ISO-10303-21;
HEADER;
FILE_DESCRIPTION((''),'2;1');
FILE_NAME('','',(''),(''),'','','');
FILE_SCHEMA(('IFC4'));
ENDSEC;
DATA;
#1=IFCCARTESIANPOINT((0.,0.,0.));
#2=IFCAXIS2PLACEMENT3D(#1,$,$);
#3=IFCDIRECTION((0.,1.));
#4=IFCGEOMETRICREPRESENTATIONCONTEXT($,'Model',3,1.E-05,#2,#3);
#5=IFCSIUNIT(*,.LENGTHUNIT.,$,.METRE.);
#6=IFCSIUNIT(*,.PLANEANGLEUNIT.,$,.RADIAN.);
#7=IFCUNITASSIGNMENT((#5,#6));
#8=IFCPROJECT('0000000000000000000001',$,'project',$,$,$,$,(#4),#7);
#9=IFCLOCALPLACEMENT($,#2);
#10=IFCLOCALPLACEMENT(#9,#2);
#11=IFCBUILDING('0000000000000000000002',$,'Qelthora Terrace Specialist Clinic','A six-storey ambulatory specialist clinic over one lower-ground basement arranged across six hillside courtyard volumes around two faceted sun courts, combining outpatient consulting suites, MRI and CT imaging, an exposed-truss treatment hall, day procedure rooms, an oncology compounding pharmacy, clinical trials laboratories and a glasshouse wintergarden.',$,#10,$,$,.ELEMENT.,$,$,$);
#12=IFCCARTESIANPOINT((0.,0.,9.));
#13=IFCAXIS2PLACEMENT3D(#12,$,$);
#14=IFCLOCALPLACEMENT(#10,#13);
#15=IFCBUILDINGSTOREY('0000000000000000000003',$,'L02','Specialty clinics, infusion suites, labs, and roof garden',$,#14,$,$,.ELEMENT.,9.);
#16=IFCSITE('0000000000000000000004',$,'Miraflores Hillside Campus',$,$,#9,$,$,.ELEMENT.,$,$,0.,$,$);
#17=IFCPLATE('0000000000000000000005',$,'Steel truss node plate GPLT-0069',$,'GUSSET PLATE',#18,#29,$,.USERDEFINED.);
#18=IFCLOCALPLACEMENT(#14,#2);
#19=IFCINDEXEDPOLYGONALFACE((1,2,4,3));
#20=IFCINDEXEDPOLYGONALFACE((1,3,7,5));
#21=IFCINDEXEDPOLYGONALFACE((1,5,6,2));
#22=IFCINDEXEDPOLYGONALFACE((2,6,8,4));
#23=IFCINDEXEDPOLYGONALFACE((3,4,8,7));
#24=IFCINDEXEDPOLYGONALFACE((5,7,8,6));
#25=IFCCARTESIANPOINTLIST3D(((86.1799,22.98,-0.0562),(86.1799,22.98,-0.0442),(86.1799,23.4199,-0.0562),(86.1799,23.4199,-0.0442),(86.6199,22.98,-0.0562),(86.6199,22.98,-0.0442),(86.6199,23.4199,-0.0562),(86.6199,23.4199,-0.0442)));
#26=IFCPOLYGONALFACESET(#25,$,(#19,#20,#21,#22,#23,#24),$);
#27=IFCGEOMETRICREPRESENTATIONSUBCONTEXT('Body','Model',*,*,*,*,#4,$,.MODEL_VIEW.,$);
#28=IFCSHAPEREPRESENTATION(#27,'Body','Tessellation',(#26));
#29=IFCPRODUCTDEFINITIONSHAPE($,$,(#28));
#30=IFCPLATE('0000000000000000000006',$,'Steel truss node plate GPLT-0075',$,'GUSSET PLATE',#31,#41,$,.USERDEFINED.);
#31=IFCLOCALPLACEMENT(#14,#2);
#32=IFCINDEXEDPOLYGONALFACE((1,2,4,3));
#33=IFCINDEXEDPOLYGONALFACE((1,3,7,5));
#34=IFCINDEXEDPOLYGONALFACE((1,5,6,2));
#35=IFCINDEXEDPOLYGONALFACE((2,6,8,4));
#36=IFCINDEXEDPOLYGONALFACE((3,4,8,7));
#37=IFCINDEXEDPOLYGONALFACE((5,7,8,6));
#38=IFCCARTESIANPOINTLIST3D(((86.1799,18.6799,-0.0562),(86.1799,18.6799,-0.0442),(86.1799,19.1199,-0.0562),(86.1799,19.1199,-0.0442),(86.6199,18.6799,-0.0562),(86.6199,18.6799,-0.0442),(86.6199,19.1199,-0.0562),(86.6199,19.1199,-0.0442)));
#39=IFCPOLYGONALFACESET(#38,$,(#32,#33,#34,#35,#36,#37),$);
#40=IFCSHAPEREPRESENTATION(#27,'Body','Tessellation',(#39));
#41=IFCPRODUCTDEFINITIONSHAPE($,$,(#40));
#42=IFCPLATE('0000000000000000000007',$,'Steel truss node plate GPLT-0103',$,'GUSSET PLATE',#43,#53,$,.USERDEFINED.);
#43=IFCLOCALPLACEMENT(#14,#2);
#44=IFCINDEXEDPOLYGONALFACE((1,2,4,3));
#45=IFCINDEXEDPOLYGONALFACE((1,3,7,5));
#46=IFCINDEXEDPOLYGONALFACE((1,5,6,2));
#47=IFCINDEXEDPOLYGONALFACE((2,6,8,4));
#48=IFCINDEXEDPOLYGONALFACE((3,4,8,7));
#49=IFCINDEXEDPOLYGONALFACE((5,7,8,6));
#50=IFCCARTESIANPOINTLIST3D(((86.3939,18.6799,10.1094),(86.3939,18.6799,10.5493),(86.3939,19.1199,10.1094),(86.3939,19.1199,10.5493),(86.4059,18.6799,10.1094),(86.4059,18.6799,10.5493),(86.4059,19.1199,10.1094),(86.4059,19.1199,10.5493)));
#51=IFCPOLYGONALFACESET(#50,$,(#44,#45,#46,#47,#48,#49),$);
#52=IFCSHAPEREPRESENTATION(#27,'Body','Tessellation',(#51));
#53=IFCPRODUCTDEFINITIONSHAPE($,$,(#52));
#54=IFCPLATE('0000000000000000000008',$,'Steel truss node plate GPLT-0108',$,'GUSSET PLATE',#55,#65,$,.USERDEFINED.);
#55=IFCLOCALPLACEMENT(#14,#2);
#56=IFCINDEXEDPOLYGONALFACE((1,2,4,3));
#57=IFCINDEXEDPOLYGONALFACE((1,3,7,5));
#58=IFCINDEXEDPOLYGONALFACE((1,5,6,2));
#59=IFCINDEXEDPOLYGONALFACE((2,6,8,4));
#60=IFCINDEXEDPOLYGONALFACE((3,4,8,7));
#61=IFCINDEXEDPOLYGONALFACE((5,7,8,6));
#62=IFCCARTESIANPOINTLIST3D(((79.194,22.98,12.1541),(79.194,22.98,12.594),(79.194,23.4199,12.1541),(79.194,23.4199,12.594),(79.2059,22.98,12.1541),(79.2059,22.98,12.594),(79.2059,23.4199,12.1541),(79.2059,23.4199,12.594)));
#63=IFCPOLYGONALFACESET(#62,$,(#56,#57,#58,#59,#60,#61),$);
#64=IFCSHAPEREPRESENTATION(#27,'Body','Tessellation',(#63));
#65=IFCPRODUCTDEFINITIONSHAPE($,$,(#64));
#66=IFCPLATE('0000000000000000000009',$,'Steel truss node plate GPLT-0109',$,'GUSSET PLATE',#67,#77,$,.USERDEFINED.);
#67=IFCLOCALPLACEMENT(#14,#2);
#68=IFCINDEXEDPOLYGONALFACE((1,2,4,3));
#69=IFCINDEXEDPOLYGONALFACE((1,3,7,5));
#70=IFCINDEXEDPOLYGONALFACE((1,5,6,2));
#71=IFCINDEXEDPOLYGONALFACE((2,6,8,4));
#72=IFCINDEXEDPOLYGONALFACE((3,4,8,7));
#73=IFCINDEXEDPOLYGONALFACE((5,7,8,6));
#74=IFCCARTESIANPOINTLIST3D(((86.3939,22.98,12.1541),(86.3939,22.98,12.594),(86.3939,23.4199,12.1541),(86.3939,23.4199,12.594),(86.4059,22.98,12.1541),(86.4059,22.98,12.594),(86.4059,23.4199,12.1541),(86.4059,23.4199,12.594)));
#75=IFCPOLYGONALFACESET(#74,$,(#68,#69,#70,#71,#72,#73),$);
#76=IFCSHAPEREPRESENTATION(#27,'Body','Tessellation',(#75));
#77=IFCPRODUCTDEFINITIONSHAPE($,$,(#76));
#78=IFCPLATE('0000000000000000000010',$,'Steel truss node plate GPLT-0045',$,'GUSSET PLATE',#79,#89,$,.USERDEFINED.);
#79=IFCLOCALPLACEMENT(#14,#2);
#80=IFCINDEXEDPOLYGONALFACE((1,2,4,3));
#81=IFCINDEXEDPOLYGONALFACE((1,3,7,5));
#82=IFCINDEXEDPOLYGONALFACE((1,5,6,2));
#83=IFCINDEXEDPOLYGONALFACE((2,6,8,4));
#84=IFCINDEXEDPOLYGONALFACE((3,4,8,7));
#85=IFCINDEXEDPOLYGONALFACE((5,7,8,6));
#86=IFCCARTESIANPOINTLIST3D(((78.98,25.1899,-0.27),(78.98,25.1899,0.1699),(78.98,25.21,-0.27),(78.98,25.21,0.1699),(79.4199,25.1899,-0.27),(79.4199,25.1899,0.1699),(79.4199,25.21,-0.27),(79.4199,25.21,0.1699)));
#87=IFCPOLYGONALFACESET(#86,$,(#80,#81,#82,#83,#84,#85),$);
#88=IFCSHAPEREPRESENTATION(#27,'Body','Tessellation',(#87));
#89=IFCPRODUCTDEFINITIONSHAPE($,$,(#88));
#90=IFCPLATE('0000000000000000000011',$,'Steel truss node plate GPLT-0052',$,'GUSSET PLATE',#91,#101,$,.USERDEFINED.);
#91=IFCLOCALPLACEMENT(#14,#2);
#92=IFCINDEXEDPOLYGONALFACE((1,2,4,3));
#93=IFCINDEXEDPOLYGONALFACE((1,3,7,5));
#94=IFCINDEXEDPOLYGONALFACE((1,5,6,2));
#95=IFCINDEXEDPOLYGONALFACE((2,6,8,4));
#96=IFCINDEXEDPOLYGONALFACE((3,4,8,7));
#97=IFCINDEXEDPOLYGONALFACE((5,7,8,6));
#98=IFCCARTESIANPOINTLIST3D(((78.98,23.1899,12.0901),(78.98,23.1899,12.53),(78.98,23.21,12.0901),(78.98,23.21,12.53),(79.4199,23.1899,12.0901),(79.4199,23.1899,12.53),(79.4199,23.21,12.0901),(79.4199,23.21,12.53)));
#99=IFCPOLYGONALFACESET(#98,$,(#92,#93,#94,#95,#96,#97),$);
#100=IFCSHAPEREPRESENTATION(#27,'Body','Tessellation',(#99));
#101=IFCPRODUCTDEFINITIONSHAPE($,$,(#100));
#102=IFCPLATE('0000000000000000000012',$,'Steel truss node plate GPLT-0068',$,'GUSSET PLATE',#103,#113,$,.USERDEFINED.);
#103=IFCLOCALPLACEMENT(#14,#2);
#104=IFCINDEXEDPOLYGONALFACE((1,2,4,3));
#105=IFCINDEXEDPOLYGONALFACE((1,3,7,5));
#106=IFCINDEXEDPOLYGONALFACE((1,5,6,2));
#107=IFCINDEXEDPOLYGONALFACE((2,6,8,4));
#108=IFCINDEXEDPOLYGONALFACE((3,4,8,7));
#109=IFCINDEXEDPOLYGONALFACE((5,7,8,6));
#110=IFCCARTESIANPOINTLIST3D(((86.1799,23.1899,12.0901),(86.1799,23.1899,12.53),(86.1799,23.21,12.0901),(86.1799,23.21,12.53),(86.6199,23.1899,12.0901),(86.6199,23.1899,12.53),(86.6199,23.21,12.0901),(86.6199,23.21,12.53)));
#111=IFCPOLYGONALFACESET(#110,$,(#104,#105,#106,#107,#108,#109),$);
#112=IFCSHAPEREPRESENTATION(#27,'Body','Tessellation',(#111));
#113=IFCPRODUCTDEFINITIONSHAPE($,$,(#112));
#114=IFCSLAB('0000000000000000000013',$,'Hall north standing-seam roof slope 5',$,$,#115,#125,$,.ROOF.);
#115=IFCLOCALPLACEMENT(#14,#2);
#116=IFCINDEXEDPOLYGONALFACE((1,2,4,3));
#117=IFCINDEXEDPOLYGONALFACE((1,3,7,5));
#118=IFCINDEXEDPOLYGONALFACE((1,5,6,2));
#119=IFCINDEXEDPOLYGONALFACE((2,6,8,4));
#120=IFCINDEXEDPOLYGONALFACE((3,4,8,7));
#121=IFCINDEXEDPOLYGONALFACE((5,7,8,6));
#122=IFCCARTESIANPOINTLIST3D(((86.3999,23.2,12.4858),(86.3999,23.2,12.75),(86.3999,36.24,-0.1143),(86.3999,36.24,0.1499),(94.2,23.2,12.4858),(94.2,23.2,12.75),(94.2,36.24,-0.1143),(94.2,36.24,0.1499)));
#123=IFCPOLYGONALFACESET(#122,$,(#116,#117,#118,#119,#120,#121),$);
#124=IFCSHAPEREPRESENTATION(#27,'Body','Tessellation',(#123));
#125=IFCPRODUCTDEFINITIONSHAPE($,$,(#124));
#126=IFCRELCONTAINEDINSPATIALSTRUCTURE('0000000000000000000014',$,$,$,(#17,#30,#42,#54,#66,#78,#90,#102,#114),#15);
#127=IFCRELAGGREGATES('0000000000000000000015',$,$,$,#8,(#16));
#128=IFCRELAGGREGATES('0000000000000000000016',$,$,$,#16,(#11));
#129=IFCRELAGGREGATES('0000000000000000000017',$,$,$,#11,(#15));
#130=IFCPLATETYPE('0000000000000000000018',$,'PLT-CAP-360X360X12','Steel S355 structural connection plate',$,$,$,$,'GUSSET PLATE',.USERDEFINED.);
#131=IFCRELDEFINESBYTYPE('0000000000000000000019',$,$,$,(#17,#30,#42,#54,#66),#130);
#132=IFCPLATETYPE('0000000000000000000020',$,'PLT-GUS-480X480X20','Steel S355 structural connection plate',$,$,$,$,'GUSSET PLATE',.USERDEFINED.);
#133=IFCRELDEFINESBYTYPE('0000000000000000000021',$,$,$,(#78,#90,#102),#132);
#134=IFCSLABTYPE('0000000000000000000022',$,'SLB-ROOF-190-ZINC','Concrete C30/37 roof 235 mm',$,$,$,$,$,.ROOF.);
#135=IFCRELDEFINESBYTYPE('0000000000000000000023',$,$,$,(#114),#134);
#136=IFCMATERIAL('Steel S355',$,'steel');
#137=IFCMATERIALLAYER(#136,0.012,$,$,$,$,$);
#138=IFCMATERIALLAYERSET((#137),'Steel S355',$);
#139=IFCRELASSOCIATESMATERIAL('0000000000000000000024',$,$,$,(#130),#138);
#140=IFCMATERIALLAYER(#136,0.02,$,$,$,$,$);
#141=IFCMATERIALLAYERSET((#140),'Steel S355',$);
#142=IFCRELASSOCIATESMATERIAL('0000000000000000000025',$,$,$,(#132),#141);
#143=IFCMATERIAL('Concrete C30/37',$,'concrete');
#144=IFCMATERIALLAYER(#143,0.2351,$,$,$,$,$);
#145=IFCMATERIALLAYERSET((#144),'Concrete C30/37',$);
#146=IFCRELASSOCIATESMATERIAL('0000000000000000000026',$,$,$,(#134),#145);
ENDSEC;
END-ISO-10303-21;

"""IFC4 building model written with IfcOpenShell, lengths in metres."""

from ifc_helpers import new_model, si_unit, direction, frame, origin, origin_2d, place, context, subcontext, project, spatial, polyline, rectangle, outline, extrude, material, layer, layer_set, type_object, element, save


model = new_model("IFC4")

# Units and contexts
model_context = context("Model", 3, precision=1e-05, world=origin(), true_north=direction((0.0, 1.0)))
body_context = subcontext(model_context, "Body", "Model", "MODEL_VIEW")
ifc_project = project(units=[si_unit("LENGTHUNIT", "METRE"), si_unit("PLANEANGLEUNIT", "RADIAN")], contexts=[model_context])

# Site, building, storey
site_placement = place(None, origin())
site = spatial("IfcSite", under=ifc_project, at=site_placement, Name="Miraflores Hillside Campus", CompositionType="ELEMENT", RefElevation=0.0)
building_placement = place(site_placement, origin())
building = spatial("IfcBuilding", under=site, at=building_placement, Name="Qelthora Terrace Specialist Clinic", Description="A six-storey ambulatory specialist clinic over one lower-ground basement arranged across six hillside courtyard volumes around two faceted sun courts, combining outpatient consulting suites, MRI and CT imaging, an exposed-truss treatment hall, day procedure rooms, an oncology compounding pharmacy, clinical trials laboratories and a glasshouse wintergarden.", CompositionType="ELEMENT")
storey_placement = place(building_placement, frame((0.0, 0.0, 9.0)))
storey = spatial("IfcBuildingStorey", under=building, at=storey_placement, Name="L02", Description="Specialty clinics, infusion suites, labs, and roof garden", CompositionType="ELEMENT", Elevation=9.0)

# Shared definitions
ifc_material_1 = material(Name="Steel S355", Category="steel")

# Plates
ifc_layer_1 = layer(ifc_material_1, 0.012)
ifc_layer_set_1 = layer_set([ifc_layer_1], Name="Steel S355")
plate_type_1 = type_object("IfcPlateType", Name="PLT-CAP-360X360X12", Description="Steel S355 structural connection plate", ElementType="GUSSET PLATE", PredefinedType="USERDEFINED", material=ifc_layer_set_1)
for number, where, z_axis, x_axis, name in (
    (1, (86.3999, 23.2, -0.0562), (0.0, 0.0, 1.0), (1.0, 0.0, 0.0), "Steel truss node plate GPLT-0069"),
    (2, (86.3999, 18.8999, -0.0562), (0.0, 0.0, 1.0), (1.0, 0.0, 0.0), "Steel truss node plate GPLT-0075"),
):
    element("IfcPlate", number, at=place(storey_placement, frame(where, z_axis=z_axis, x_axis=x_axis)), inside=storey, type_object=plate_type_1, Name=name, ObjectType="GUSSET PLATE", PredefinedType="USERDEFINED", context=body_context, shape_type="SweptSolid", body=[
        extrude(rectangle(XDim=0.4399, YDim=0.4399, at=origin_2d()), origin(), (0.0, 0.0, 1.0), 0.012),
    ])
for number, where, z_axis, x_axis, name in (
    (3, (86.3999, 18.8999, 10.1094), (0.0, 0.0, 1.0), (1.0, 0.0, 0.0), "Steel truss node plate GPLT-0103"),
    (4, (79.2, 23.2, 12.1541), (0.0, 0.0, 1.0), (1.0, 0.0, 0.0), "Steel truss node plate GPLT-0108"),
    (5, (86.3999, 23.2, 12.1541), (0.0, 0.0, 1.0), (1.0, 0.0, 0.0), "Steel truss node plate GPLT-0109"),
):
    element("IfcPlate", number, at=place(storey_placement, frame(where, z_axis=z_axis, x_axis=x_axis)), inside=storey, type_object=plate_type_1, Name=name, ObjectType="GUSSET PLATE", PredefinedType="USERDEFINED", context=body_context, shape_type="SweptSolid", body=[
        extrude(rectangle(XDim=0.012, YDim=0.4399, at=origin_2d()), origin(), (0.0, 0.0, 1.0), 0.4399),
    ])
ifc_layer_2 = layer(ifc_material_1, 0.02)
ifc_layer_set_2 = layer_set([ifc_layer_2], Name="Steel S355")
plate_type_2 = type_object("IfcPlateType", Name="PLT-GUS-480X480X20", Description="Steel S355 structural connection plate", ElementType="GUSSET PLATE", PredefinedType="USERDEFINED", material=ifc_layer_set_2)
for number, where, z_axis, x_axis, name in (
    (6, (79.2, 25.2, -0.27), (0.0, 0.0, 1.0), (1.0, 0.0, 0.0), "Steel truss node plate GPLT-0045"),
    (7, (79.2, 23.2, 12.0901), (0.0, 0.0, 1.0), (1.0, 0.0, 0.0), "Steel truss node plate GPLT-0052"),
    (8, (86.3999, 23.2, 12.0901), (0.0, 0.0, 1.0), (1.0, 0.0, 0.0), "Steel truss node plate GPLT-0068"),
):
    element("IfcPlate", number, at=place(storey_placement, frame(where, z_axis=z_axis, x_axis=x_axis)), inside=storey, type_object=plate_type_2, Name=name, ObjectType="GUSSET PLATE", PredefinedType="USERDEFINED", context=body_context, shape_type="SweptSolid", body=[
        extrude(rectangle(XDim=0.4399, YDim=0.02, at=origin_2d()), origin(), (0.0, 0.0, 1.0), 0.4399),
    ])

# Slab
ifc_material_2 = material(Name="Concrete C30/37", Category="concrete")
ifc_layer_3 = layer(ifc_material_2, 0.2351)
ifc_layer_set_3 = layer_set([ifc_layer_3], Name="Concrete C30/37")
slab_type = type_object("IfcSlabType", Name="SLB-ROOF-190-ZINC", Description="Concrete C30/37 roof 235 mm", PredefinedType="ROOF", material=ifc_layer_set_3)
slab_placement = place(storey_placement, frame((86.3999, 23.2, 12.4858), z_axis=(0.0, 0.694872, 0.719134), x_axis=(1.0, 0.0, 0.0)))
element("IfcSlab", 9, at=slab_placement, inside=storey, type_object=slab_type, Name="Hall north standing-seam roof slope 5", PredefinedType="ROOF", context=body_context, shape_type="SweptSolid", body=[
    extrude(outline(polyline([(0.0, 0.0), (7.8, 0.0), (7.8, 18.133), (0.0, 18.133), (0.0, 0.0)])), origin(), (0.0, -0.694872, 0.719134), 0.2642),
])

save(model, "model.ifc")
